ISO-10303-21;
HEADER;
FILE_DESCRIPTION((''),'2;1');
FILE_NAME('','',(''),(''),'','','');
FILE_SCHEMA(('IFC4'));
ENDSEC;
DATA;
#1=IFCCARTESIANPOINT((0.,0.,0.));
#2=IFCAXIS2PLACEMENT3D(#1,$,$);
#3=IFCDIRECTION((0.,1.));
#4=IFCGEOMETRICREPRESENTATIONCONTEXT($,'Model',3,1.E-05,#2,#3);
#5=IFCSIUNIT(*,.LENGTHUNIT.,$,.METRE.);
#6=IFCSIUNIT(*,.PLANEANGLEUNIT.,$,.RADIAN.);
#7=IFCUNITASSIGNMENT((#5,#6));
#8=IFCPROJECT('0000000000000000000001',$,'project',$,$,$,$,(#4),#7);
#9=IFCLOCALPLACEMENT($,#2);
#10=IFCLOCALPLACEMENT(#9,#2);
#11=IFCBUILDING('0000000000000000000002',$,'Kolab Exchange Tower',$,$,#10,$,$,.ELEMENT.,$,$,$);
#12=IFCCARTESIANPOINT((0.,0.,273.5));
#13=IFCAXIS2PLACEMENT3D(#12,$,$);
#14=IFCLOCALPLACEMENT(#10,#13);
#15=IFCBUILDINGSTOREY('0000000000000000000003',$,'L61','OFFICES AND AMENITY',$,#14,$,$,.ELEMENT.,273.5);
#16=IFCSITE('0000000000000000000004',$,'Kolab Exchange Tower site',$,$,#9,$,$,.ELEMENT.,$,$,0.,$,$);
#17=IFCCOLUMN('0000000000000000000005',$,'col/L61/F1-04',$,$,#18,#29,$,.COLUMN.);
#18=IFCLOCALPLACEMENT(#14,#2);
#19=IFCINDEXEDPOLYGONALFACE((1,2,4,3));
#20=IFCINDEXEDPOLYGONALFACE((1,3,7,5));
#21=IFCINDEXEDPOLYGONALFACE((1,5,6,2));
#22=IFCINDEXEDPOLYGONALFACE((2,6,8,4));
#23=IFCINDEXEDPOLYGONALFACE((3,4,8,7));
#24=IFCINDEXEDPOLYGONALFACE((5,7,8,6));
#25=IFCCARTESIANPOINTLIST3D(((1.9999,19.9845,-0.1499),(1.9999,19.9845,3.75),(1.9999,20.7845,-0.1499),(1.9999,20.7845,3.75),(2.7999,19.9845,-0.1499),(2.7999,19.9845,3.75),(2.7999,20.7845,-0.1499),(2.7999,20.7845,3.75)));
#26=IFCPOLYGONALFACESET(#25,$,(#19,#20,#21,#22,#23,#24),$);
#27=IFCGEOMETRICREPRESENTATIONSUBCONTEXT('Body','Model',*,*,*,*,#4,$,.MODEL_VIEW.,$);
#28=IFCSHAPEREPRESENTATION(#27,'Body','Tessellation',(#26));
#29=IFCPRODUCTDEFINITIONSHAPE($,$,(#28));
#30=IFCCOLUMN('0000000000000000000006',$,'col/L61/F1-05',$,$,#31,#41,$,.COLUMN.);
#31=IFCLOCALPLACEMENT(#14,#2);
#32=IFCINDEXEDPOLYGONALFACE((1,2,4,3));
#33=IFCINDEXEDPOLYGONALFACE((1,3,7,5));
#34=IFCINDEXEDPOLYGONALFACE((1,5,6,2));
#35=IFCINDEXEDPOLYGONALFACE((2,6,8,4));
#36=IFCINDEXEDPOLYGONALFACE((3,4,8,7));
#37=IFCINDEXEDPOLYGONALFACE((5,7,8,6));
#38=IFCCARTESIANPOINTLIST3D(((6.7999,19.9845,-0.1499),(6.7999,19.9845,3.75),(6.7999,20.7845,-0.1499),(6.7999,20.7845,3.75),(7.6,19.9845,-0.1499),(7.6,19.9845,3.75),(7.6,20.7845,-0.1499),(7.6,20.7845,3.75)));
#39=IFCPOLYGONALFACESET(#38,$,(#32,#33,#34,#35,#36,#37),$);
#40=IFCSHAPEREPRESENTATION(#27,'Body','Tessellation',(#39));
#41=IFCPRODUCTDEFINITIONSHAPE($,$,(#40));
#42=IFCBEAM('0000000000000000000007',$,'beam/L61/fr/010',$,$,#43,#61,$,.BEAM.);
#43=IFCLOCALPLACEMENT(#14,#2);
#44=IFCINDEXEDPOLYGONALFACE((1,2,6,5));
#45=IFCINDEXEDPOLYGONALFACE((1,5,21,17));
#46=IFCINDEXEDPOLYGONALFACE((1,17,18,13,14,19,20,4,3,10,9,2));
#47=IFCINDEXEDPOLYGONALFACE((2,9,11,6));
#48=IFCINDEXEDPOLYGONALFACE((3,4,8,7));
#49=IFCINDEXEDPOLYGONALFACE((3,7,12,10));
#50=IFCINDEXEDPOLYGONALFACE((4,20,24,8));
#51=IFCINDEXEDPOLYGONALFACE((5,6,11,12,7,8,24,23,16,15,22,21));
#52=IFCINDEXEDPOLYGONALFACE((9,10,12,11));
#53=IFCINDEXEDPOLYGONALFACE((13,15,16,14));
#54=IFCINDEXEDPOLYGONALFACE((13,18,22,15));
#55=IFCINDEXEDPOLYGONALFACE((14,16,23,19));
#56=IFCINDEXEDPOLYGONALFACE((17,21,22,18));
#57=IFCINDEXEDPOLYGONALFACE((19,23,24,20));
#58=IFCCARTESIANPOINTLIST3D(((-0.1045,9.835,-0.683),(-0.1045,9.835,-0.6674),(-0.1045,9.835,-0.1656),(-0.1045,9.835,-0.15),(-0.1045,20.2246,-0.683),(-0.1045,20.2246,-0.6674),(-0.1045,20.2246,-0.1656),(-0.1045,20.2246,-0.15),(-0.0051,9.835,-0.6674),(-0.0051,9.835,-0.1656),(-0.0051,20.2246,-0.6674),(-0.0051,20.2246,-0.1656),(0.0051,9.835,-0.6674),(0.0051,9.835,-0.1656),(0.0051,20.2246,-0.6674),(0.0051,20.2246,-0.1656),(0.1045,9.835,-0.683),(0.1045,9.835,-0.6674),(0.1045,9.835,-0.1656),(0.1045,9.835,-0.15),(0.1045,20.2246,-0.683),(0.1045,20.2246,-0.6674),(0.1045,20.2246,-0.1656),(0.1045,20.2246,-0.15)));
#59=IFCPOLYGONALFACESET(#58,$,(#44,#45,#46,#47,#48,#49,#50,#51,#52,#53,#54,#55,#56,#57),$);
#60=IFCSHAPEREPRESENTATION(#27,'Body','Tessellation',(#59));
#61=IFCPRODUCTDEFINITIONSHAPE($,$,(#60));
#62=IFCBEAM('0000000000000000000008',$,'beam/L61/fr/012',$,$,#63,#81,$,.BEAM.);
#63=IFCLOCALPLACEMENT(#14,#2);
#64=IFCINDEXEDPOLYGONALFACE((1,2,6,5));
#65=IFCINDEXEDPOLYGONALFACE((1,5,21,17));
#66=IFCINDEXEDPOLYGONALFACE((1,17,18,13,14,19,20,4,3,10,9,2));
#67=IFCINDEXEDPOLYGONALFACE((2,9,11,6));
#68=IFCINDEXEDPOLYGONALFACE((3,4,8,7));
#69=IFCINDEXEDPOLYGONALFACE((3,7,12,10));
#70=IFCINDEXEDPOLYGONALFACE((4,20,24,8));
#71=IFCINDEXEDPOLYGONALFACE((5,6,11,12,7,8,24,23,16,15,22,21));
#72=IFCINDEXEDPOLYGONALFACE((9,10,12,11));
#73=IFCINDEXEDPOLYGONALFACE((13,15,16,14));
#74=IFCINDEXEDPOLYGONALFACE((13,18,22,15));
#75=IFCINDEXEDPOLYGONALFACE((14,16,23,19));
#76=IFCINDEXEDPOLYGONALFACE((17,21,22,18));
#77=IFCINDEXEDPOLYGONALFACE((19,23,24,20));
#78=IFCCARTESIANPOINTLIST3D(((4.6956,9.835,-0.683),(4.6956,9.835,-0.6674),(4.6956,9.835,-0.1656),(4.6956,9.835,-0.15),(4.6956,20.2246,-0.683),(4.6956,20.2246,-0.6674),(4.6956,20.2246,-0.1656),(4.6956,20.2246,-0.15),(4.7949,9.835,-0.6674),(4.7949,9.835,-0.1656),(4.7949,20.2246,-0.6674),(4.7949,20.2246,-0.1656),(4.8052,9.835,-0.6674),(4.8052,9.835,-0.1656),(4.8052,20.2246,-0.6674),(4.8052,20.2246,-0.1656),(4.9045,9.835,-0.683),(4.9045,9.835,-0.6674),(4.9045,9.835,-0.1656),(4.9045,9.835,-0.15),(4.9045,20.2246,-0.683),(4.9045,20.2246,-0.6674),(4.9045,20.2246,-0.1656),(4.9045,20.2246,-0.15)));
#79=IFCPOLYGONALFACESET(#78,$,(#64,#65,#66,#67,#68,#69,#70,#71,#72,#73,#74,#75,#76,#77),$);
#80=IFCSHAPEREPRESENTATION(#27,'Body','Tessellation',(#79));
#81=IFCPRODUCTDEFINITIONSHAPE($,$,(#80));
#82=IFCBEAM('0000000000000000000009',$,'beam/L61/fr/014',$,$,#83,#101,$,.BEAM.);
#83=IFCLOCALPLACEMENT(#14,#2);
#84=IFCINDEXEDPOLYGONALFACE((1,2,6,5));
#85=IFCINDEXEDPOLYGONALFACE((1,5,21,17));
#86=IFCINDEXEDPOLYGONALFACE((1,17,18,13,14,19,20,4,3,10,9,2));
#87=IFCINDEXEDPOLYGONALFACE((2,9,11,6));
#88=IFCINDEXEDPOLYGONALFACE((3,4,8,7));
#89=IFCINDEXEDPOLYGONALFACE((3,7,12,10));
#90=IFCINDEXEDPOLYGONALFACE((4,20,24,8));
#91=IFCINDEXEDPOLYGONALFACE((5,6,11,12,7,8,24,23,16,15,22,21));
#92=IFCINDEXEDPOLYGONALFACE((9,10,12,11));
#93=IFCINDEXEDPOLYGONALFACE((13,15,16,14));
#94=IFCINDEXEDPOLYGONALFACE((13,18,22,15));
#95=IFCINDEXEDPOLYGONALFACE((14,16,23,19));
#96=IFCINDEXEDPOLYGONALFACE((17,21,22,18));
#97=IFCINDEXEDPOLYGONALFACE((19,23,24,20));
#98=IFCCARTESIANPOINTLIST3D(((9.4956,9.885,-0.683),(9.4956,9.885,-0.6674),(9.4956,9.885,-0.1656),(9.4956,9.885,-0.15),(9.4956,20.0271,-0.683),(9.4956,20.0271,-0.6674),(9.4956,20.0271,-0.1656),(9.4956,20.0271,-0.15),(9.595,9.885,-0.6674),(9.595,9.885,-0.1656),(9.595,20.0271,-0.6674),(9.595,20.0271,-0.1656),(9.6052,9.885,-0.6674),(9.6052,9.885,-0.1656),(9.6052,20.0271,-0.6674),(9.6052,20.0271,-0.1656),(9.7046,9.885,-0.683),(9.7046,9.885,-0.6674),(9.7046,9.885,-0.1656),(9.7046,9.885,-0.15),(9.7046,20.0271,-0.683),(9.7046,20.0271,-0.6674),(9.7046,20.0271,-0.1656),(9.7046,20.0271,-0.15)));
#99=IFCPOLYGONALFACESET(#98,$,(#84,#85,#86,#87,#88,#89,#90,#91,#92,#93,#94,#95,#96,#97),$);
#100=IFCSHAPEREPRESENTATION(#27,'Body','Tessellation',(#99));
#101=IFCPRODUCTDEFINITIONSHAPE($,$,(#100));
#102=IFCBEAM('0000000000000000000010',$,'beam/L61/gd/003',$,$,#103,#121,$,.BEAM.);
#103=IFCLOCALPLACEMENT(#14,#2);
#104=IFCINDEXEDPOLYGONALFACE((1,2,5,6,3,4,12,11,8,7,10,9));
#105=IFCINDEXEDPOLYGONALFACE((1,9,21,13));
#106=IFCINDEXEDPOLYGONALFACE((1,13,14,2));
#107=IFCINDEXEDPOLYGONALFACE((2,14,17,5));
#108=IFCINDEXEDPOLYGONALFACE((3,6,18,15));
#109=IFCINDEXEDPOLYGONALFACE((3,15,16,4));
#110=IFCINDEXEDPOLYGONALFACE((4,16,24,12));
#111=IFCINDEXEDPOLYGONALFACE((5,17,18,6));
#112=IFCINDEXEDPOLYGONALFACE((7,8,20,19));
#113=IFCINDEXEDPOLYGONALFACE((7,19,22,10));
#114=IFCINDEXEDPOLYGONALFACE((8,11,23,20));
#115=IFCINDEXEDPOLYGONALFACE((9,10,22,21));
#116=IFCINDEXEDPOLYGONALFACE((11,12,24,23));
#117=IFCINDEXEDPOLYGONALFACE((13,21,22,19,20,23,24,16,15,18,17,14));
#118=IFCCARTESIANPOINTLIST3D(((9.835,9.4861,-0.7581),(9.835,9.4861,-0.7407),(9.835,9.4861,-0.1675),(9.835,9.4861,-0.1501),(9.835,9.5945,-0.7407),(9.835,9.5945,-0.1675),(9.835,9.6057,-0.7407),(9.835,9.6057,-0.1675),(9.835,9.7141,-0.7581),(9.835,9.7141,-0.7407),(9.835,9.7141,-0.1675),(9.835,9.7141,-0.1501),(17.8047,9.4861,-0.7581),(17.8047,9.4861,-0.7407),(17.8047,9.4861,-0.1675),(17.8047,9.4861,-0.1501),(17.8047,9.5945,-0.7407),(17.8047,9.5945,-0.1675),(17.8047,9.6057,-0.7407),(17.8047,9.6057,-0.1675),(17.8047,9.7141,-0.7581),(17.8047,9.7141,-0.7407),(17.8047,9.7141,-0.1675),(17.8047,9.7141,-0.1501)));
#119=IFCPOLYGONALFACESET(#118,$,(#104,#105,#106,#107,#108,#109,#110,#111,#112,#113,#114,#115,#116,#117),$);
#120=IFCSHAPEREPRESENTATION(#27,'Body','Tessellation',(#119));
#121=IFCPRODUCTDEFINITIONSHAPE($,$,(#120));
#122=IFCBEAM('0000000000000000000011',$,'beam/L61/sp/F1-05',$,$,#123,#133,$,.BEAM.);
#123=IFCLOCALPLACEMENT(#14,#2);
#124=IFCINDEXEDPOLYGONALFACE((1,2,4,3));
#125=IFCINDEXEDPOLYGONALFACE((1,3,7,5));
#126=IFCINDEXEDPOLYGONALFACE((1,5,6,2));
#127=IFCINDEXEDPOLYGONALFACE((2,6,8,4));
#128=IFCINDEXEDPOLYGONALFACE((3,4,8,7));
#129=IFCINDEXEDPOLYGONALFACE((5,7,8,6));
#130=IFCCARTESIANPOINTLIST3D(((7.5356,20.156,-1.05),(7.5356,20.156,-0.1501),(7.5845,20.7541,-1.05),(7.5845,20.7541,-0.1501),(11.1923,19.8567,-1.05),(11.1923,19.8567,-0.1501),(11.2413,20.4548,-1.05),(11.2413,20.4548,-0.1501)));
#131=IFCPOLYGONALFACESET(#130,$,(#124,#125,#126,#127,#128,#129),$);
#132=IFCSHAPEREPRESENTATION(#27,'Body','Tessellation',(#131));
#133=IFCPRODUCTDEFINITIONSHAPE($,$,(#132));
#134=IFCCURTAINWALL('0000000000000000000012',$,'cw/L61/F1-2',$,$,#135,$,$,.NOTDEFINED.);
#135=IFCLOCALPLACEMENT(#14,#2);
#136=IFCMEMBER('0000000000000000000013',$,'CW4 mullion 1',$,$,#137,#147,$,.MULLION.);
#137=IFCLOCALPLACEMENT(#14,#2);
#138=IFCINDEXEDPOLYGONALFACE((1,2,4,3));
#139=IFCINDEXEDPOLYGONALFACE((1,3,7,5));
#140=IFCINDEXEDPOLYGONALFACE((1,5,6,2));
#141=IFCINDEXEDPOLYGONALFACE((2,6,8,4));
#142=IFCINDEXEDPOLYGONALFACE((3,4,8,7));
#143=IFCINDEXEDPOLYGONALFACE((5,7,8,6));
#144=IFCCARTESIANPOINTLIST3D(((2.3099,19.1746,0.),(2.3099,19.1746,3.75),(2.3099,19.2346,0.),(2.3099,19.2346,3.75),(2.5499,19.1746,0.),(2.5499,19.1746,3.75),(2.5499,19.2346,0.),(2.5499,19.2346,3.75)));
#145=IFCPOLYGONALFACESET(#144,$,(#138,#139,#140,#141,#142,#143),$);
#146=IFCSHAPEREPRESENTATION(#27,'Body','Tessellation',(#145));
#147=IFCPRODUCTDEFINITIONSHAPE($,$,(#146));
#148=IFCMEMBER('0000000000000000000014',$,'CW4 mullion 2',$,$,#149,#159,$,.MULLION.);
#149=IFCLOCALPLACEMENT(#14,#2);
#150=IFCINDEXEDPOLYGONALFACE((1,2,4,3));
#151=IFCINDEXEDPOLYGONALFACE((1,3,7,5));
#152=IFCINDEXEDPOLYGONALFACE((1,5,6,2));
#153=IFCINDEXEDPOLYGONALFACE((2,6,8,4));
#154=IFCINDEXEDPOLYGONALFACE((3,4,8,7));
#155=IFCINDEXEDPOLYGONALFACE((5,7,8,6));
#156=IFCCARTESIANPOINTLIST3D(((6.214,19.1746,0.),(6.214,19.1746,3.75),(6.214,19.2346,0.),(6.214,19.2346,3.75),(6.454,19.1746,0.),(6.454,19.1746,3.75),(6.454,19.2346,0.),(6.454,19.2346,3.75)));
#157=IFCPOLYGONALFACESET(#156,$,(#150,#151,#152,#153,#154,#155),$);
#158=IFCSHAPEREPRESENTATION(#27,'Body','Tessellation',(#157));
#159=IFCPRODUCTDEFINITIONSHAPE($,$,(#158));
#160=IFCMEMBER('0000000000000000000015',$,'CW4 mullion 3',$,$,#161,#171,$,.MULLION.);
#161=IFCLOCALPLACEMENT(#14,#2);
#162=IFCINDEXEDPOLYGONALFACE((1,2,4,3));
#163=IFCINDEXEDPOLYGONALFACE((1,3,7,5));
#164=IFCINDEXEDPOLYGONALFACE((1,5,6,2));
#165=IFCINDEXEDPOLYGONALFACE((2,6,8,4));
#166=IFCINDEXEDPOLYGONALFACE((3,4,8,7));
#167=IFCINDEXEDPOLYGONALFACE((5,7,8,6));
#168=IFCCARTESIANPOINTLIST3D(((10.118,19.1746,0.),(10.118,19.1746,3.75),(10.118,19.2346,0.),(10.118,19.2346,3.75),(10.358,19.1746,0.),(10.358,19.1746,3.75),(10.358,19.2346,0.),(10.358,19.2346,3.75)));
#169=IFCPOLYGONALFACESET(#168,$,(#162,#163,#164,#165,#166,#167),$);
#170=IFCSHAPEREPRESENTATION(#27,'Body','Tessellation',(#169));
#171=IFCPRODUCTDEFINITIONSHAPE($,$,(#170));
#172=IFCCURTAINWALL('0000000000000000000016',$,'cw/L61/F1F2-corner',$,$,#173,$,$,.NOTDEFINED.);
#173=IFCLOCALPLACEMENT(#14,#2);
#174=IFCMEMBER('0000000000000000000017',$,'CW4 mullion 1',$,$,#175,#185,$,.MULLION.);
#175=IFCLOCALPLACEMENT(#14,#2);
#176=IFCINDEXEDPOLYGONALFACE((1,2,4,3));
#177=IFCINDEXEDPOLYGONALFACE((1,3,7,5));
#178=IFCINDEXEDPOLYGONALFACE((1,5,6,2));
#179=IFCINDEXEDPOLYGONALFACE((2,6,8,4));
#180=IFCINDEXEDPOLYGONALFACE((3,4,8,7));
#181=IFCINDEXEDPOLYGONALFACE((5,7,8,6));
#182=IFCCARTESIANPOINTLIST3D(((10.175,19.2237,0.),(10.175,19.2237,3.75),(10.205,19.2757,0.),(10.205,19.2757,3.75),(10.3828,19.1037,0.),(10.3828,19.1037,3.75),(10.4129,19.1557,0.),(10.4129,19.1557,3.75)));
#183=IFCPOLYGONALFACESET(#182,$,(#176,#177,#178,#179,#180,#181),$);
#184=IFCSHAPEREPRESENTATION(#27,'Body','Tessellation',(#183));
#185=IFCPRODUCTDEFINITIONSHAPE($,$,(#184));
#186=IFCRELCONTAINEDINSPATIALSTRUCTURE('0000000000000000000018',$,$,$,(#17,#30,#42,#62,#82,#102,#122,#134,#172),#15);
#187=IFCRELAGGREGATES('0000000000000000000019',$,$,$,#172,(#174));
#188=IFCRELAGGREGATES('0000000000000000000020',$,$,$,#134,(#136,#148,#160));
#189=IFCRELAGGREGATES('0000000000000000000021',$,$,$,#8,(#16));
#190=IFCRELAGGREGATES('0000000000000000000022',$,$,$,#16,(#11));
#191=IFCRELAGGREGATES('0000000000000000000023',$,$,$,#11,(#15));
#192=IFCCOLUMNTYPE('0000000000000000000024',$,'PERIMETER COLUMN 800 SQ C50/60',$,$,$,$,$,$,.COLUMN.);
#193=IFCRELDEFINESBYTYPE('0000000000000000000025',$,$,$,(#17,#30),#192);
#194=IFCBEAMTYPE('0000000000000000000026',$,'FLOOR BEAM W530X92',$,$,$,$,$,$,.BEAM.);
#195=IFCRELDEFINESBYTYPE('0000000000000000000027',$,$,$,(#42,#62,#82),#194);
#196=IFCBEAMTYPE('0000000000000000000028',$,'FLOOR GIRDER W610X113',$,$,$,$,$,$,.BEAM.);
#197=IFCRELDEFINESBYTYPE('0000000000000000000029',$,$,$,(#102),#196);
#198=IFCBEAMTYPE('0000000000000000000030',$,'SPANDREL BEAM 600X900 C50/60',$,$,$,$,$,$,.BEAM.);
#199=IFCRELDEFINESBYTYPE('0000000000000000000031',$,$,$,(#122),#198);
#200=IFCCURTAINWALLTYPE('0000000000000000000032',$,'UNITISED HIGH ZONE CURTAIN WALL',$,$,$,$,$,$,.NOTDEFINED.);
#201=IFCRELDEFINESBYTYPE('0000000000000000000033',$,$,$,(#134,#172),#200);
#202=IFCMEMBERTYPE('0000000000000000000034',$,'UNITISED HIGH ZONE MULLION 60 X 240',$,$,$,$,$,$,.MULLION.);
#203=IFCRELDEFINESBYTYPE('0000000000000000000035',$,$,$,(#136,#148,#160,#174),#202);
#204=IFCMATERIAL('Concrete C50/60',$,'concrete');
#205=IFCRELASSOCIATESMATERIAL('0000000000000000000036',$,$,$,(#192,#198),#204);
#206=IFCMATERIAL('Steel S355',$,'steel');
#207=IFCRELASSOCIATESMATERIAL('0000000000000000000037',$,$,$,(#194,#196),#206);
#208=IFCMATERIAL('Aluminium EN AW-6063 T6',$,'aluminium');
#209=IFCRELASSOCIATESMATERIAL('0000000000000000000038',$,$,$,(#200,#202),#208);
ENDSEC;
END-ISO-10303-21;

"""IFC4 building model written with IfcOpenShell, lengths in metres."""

from ifc_helpers import new_model, si_unit, direction, frame, origin, origin_2d, place, context, subcontext, project, spatial, rectangle, i_section, extrude, material, material_profile, profile_set, type_object, element, aggregate, save


model = new_model("IFC4")

# Units and contexts
model_context = context("Model", 3, precision=1e-05, world=origin(), true_north=direction((0.0, 1.0)))
body_context = subcontext(model_context, "Body", "Model", "MODEL_VIEW")
ifc_project = project(units=[si_unit("LENGTHUNIT", "METRE"), si_unit("PLANEANGLEUNIT", "RADIAN")], contexts=[model_context])

# Site, building, storey
site_placement = place(None, origin())
site = spatial("IfcSite", under=ifc_project, at=site_placement, Name="Kolab Exchange Tower site", CompositionType="ELEMENT", RefElevation=0.0)
building_placement = place(site_placement, origin())
building = spatial("IfcBuilding", under=site, at=building_placement, Name="Kolab Exchange Tower", CompositionType="ELEMENT")
storey_placement = place(building_placement, frame((0.0, 0.0, 273.5)))
storey = spatial("IfcBuildingStorey", under=building, at=storey_placement, Name="L61", Description="OFFICES AND AMENITY", CompositionType="ELEMENT", Elevation=273.5)

# Columns
ifc_material_1 = material(Name="Concrete C50/60", Category="concrete")
ifc_material_profile_1 = material_profile(ifc_material_1, rectangle(XDim=0.8, YDim=0.8, at=origin_2d()), Name="RC800")
ifc_profile_set_1 = profile_set([ifc_material_profile_1], Name="Concrete C50/60")
column_type = type_object("IfcColumnType", Name="PERIMETER COLUMN 800 SQ C50/60", PredefinedType="COLUMN", material=ifc_profile_set_1)
for number, where, z_axis, x_axis, name in (
    (1, (2.3999, 20.3845, -0.1499), (0.0, 0.0, 1.0), (1.0, 0.0, 0.0), "col/L61/F1-04"),
    (2, (7.2, 20.3845, -0.1499), (0.0, 0.0, 1.0), (1.0, 0.0, 0.0), "col/L61/F1-05"),
):
    element("IfcColumn", number, at=place(storey_placement, frame(where, z_axis=z_axis, x_axis=x_axis)), inside=storey, type_object=column_type, Name=name, PredefinedType="COLUMN", context=body_context, shape_type="SweptSolid", body=[
        extrude(rectangle(XDim=0.8, YDim=0.8, at=origin_2d()), origin(), (0.0, 0.0, 1.0), 3.8999),
    ])

# Beams
ifc_material_2 = material(Name="Steel S355", Category="steel")
ifc_material_profile_2 = material_profile(ifc_material_2, i_section(OverallWidth=0.209, OverallDepth=0.533, WebThickness=0.0103, FlangeThickness=0.0156, at=origin_2d()), Name="W530X92")
ifc_profile_set_2 = profile_set([ifc_material_profile_2], Name="Steel S355")
beam_type_1 = type_object("IfcBeamType", Name="FLOOR BEAM W530X92", PredefinedType="BEAM", material=ifc_profile_set_2)
for number, where, z_axis, x_axis, name in (
    (3, (0.0, 9.835, -0.4165), (0.0, 1.0, 0.0), (-1.0, 0.0, 0.0), "beam/L61/fr/010"),
    (4, (4.8, 9.835, -0.4165), (0.0, 1.0, 0.0), (-1.0, 0.0, 0.0), "beam/L61/fr/012"),
):
    element("IfcBeam", number, at=place(storey_placement, frame(where, z_axis=z_axis, x_axis=x_axis)), inside=storey, type_object=beam_type_1, Name=name, PredefinedType="BEAM", context=body_context, shape_type="SweptSolid", body=[
        extrude(i_section(OverallWidth=0.209, OverallDepth=0.533, WebThickness=0.0103, FlangeThickness=0.0156, at=origin_2d()), origin(), (0.0, 0.0, 1.0), 10.3896),
    ])
beam_1_placement = place(storey_placement, frame((9.6001, 9.885, -0.4165), z_axis=(0.0, 1.0, 0.0), x_axis=(-1.0, 0.0, 0.0)))
element("IfcBeam", 5, at=beam_1_placement, inside=storey, type_object=beam_type_1, Name="beam/L61/fr/014", PredefinedType="BEAM", context=body_context, shape_type="SweptSolid", body=[
    extrude(i_section(OverallWidth=0.209, OverallDepth=0.533, WebThickness=0.0103, FlangeThickness=0.0156, at=origin_2d()), origin(), (0.0, 0.0, 1.0), 10.1421),
])
ifc_material_profile_3 = material_profile(ifc_material_2, i_section(OverallWidth=0.228, OverallDepth=0.6079, WebThickness=0.0112, FlangeThickness=0.0173, at=origin_2d()), Name="W610X113")
ifc_profile_set_3 = profile_set([ifc_material_profile_3], Name="Steel S355")
beam_type_2 = type_object("IfcBeamType", Name="FLOOR GIRDER W610X113", PredefinedType="BEAM", material=ifc_profile_set_3)
beam_2_placement = place(storey_placement, frame((9.835, 9.6001, -0.4541), z_axis=(1.0, 0.0, 0.0), x_axis=(0.0, 1.0, 0.0)))
element("IfcBeam", 6, at=beam_2_placement, inside=storey, type_object=beam_type_2, Name="beam/L61/gd/003", PredefinedType="BEAM", context=body_context, shape_type="SweptSolid", body=[
    extrude(i_section(OverallWidth=0.228, OverallDepth=0.6079, WebThickness=0.0112, FlangeThickness=0.0173, at=origin_2d()), origin(), (0.0, 0.0, 1.0), 7.9697),
])
ifc_material_profile_4 = material_profile(ifc_material_1, rectangle(XDim=0.6001, YDim=0.8999, at=origin_2d()), Name="RC600X900")
ifc_profile_set_4 = profile_set([ifc_material_profile_4], Name="Concrete C50/60")
beam_type_3 = type_object("IfcBeamType", Name="SPANDREL BEAM 600X900 C50/60", PredefinedType="BEAM", material=ifc_profile_set_4)
beam_3_placement = place(storey_placement, frame((7.5601, 20.4551, -0.6001), z_axis=(0.996667, -0.081581, 0.0), x_axis=(0.081581, 0.996667, 0.0)))
element("IfcBeam", 7, at=beam_3_placement, inside=storey, type_object=beam_type_3, Name="beam/L61/sp/F1-05", PredefinedType="BEAM", context=body_context, shape_type="SweptSolid", body=[
    extrude(rectangle(XDim=0.6001, YDim=0.8999, at=origin_2d()), origin(), (0.0, 0.0, 1.0), 3.6689),
])

# Curtain wall, members
ifc_material_3 = material(Name="Aluminium EN AW-6063 T6", Category="aluminium")
curtain_wall_type = type_object("IfcCurtainWallType", Name="UNITISED HIGH ZONE CURTAIN WALL", PredefinedType="NOTDEFINED", material=ifc_material_3)
curtain_wall_1_placement = place(storey_placement, origin())
curtain_wall_1 = element("IfcCurtainWall", 8, at=curtain_wall_1_placement, inside=storey, type_object=curtain_wall_type, Name="cw/L61/F1-2", PredefinedType="NOTDEFINED")
ifc_material_profile_5 = material_profile(ifc_material_3, rectangle(XDim=0.0601, YDim=0.24, at=origin_2d()), Name="RECT 60X240")
ifc_profile_set_5 = profile_set([ifc_material_profile_5], Name="Aluminium EN AW-6063 T6")
member_type_1 = type_object("IfcMemberType", Name="UNITISED HIGH ZONE MULLION 60 X 240", PredefinedType="MULLION", material=ifc_profile_set_5)
member_1_placement = place(storey_placement, frame((2.4299, 19.2046, 0.0), z_axis=(0.0, 0.0, 1.0), x_axis=(0.0, 1.0, 0.0)))
member_1 = element("IfcMember", 9, at=member_1_placement, type_object=member_type_1, Name="CW4 mullion 1", PredefinedType="MULLION", context=body_context, shape_type="SweptSolid", body=[
    extrude(rectangle(XDim=0.0601, YDim=0.24, at=origin_2d()), origin(), (0.0, 0.0, 1.0), 3.75),
])
member_2_placement = place(storey_placement, frame((6.334, 19.2046, 0.0), z_axis=(0.0, 0.0, 1.0), x_axis=(0.0, 1.0, 0.0)))
member_2 = element("IfcMember", 10, at=member_2_placement, type_object=member_type_1, Name="CW4 mullion 2", PredefinedType="MULLION", context=body_context, shape_type="SweptSolid", body=[
    extrude(rectangle(XDim=0.0601, YDim=0.24, at=origin_2d()), origin(), (0.0, 0.0, 1.0), 3.75),
])
member_3_placement = place(storey_placement, frame((10.238, 19.2046, 0.0), z_axis=(0.0, 0.0, 1.0), x_axis=(0.0, 1.0, 0.0)))
member_3 = element("IfcMember", 11, at=member_3_placement, type_object=member_type_1, Name="CW4 mullion 3", PredefinedType="MULLION", context=body_context, shape_type="SweptSolid", body=[
    extrude(rectangle(XDim=0.0601, YDim=0.24, at=origin_2d()), origin(), (0.0, 0.0, 1.0), 3.75),
])

# Curtain wall, member
curtain_wall_2_placement = place(storey_placement, origin())
curtain_wall_2 = element("IfcCurtainWall", 12, at=curtain_wall_2_placement, inside=storey, type_object=curtain_wall_type, Name="cw/L61/F1F2-corner", PredefinedType="NOTDEFINED")
member_4_placement = place(storey_placement, frame((10.2939, 19.1897, 0.0), z_axis=(0.0, 0.0, 1.0), x_axis=(0.5, 0.866025, 0.0)))
member_4 = element("IfcMember", 13, at=member_4_placement, type_object=member_type_1, Name="CW4 mullion 1", PredefinedType="MULLION", context=body_context, shape_type="SweptSolid", body=[
    extrude(rectangle(XDim=0.0601, YDim=0.24, at=origin_2d()), origin(), (0.0, 0.0, 1.0), 3.75),
])
aggregate(curtain_wall_2, [member_4])

aggregate(curtain_wall_1, [member_1, member_2, member_3])

save(model, "model.ifc")
